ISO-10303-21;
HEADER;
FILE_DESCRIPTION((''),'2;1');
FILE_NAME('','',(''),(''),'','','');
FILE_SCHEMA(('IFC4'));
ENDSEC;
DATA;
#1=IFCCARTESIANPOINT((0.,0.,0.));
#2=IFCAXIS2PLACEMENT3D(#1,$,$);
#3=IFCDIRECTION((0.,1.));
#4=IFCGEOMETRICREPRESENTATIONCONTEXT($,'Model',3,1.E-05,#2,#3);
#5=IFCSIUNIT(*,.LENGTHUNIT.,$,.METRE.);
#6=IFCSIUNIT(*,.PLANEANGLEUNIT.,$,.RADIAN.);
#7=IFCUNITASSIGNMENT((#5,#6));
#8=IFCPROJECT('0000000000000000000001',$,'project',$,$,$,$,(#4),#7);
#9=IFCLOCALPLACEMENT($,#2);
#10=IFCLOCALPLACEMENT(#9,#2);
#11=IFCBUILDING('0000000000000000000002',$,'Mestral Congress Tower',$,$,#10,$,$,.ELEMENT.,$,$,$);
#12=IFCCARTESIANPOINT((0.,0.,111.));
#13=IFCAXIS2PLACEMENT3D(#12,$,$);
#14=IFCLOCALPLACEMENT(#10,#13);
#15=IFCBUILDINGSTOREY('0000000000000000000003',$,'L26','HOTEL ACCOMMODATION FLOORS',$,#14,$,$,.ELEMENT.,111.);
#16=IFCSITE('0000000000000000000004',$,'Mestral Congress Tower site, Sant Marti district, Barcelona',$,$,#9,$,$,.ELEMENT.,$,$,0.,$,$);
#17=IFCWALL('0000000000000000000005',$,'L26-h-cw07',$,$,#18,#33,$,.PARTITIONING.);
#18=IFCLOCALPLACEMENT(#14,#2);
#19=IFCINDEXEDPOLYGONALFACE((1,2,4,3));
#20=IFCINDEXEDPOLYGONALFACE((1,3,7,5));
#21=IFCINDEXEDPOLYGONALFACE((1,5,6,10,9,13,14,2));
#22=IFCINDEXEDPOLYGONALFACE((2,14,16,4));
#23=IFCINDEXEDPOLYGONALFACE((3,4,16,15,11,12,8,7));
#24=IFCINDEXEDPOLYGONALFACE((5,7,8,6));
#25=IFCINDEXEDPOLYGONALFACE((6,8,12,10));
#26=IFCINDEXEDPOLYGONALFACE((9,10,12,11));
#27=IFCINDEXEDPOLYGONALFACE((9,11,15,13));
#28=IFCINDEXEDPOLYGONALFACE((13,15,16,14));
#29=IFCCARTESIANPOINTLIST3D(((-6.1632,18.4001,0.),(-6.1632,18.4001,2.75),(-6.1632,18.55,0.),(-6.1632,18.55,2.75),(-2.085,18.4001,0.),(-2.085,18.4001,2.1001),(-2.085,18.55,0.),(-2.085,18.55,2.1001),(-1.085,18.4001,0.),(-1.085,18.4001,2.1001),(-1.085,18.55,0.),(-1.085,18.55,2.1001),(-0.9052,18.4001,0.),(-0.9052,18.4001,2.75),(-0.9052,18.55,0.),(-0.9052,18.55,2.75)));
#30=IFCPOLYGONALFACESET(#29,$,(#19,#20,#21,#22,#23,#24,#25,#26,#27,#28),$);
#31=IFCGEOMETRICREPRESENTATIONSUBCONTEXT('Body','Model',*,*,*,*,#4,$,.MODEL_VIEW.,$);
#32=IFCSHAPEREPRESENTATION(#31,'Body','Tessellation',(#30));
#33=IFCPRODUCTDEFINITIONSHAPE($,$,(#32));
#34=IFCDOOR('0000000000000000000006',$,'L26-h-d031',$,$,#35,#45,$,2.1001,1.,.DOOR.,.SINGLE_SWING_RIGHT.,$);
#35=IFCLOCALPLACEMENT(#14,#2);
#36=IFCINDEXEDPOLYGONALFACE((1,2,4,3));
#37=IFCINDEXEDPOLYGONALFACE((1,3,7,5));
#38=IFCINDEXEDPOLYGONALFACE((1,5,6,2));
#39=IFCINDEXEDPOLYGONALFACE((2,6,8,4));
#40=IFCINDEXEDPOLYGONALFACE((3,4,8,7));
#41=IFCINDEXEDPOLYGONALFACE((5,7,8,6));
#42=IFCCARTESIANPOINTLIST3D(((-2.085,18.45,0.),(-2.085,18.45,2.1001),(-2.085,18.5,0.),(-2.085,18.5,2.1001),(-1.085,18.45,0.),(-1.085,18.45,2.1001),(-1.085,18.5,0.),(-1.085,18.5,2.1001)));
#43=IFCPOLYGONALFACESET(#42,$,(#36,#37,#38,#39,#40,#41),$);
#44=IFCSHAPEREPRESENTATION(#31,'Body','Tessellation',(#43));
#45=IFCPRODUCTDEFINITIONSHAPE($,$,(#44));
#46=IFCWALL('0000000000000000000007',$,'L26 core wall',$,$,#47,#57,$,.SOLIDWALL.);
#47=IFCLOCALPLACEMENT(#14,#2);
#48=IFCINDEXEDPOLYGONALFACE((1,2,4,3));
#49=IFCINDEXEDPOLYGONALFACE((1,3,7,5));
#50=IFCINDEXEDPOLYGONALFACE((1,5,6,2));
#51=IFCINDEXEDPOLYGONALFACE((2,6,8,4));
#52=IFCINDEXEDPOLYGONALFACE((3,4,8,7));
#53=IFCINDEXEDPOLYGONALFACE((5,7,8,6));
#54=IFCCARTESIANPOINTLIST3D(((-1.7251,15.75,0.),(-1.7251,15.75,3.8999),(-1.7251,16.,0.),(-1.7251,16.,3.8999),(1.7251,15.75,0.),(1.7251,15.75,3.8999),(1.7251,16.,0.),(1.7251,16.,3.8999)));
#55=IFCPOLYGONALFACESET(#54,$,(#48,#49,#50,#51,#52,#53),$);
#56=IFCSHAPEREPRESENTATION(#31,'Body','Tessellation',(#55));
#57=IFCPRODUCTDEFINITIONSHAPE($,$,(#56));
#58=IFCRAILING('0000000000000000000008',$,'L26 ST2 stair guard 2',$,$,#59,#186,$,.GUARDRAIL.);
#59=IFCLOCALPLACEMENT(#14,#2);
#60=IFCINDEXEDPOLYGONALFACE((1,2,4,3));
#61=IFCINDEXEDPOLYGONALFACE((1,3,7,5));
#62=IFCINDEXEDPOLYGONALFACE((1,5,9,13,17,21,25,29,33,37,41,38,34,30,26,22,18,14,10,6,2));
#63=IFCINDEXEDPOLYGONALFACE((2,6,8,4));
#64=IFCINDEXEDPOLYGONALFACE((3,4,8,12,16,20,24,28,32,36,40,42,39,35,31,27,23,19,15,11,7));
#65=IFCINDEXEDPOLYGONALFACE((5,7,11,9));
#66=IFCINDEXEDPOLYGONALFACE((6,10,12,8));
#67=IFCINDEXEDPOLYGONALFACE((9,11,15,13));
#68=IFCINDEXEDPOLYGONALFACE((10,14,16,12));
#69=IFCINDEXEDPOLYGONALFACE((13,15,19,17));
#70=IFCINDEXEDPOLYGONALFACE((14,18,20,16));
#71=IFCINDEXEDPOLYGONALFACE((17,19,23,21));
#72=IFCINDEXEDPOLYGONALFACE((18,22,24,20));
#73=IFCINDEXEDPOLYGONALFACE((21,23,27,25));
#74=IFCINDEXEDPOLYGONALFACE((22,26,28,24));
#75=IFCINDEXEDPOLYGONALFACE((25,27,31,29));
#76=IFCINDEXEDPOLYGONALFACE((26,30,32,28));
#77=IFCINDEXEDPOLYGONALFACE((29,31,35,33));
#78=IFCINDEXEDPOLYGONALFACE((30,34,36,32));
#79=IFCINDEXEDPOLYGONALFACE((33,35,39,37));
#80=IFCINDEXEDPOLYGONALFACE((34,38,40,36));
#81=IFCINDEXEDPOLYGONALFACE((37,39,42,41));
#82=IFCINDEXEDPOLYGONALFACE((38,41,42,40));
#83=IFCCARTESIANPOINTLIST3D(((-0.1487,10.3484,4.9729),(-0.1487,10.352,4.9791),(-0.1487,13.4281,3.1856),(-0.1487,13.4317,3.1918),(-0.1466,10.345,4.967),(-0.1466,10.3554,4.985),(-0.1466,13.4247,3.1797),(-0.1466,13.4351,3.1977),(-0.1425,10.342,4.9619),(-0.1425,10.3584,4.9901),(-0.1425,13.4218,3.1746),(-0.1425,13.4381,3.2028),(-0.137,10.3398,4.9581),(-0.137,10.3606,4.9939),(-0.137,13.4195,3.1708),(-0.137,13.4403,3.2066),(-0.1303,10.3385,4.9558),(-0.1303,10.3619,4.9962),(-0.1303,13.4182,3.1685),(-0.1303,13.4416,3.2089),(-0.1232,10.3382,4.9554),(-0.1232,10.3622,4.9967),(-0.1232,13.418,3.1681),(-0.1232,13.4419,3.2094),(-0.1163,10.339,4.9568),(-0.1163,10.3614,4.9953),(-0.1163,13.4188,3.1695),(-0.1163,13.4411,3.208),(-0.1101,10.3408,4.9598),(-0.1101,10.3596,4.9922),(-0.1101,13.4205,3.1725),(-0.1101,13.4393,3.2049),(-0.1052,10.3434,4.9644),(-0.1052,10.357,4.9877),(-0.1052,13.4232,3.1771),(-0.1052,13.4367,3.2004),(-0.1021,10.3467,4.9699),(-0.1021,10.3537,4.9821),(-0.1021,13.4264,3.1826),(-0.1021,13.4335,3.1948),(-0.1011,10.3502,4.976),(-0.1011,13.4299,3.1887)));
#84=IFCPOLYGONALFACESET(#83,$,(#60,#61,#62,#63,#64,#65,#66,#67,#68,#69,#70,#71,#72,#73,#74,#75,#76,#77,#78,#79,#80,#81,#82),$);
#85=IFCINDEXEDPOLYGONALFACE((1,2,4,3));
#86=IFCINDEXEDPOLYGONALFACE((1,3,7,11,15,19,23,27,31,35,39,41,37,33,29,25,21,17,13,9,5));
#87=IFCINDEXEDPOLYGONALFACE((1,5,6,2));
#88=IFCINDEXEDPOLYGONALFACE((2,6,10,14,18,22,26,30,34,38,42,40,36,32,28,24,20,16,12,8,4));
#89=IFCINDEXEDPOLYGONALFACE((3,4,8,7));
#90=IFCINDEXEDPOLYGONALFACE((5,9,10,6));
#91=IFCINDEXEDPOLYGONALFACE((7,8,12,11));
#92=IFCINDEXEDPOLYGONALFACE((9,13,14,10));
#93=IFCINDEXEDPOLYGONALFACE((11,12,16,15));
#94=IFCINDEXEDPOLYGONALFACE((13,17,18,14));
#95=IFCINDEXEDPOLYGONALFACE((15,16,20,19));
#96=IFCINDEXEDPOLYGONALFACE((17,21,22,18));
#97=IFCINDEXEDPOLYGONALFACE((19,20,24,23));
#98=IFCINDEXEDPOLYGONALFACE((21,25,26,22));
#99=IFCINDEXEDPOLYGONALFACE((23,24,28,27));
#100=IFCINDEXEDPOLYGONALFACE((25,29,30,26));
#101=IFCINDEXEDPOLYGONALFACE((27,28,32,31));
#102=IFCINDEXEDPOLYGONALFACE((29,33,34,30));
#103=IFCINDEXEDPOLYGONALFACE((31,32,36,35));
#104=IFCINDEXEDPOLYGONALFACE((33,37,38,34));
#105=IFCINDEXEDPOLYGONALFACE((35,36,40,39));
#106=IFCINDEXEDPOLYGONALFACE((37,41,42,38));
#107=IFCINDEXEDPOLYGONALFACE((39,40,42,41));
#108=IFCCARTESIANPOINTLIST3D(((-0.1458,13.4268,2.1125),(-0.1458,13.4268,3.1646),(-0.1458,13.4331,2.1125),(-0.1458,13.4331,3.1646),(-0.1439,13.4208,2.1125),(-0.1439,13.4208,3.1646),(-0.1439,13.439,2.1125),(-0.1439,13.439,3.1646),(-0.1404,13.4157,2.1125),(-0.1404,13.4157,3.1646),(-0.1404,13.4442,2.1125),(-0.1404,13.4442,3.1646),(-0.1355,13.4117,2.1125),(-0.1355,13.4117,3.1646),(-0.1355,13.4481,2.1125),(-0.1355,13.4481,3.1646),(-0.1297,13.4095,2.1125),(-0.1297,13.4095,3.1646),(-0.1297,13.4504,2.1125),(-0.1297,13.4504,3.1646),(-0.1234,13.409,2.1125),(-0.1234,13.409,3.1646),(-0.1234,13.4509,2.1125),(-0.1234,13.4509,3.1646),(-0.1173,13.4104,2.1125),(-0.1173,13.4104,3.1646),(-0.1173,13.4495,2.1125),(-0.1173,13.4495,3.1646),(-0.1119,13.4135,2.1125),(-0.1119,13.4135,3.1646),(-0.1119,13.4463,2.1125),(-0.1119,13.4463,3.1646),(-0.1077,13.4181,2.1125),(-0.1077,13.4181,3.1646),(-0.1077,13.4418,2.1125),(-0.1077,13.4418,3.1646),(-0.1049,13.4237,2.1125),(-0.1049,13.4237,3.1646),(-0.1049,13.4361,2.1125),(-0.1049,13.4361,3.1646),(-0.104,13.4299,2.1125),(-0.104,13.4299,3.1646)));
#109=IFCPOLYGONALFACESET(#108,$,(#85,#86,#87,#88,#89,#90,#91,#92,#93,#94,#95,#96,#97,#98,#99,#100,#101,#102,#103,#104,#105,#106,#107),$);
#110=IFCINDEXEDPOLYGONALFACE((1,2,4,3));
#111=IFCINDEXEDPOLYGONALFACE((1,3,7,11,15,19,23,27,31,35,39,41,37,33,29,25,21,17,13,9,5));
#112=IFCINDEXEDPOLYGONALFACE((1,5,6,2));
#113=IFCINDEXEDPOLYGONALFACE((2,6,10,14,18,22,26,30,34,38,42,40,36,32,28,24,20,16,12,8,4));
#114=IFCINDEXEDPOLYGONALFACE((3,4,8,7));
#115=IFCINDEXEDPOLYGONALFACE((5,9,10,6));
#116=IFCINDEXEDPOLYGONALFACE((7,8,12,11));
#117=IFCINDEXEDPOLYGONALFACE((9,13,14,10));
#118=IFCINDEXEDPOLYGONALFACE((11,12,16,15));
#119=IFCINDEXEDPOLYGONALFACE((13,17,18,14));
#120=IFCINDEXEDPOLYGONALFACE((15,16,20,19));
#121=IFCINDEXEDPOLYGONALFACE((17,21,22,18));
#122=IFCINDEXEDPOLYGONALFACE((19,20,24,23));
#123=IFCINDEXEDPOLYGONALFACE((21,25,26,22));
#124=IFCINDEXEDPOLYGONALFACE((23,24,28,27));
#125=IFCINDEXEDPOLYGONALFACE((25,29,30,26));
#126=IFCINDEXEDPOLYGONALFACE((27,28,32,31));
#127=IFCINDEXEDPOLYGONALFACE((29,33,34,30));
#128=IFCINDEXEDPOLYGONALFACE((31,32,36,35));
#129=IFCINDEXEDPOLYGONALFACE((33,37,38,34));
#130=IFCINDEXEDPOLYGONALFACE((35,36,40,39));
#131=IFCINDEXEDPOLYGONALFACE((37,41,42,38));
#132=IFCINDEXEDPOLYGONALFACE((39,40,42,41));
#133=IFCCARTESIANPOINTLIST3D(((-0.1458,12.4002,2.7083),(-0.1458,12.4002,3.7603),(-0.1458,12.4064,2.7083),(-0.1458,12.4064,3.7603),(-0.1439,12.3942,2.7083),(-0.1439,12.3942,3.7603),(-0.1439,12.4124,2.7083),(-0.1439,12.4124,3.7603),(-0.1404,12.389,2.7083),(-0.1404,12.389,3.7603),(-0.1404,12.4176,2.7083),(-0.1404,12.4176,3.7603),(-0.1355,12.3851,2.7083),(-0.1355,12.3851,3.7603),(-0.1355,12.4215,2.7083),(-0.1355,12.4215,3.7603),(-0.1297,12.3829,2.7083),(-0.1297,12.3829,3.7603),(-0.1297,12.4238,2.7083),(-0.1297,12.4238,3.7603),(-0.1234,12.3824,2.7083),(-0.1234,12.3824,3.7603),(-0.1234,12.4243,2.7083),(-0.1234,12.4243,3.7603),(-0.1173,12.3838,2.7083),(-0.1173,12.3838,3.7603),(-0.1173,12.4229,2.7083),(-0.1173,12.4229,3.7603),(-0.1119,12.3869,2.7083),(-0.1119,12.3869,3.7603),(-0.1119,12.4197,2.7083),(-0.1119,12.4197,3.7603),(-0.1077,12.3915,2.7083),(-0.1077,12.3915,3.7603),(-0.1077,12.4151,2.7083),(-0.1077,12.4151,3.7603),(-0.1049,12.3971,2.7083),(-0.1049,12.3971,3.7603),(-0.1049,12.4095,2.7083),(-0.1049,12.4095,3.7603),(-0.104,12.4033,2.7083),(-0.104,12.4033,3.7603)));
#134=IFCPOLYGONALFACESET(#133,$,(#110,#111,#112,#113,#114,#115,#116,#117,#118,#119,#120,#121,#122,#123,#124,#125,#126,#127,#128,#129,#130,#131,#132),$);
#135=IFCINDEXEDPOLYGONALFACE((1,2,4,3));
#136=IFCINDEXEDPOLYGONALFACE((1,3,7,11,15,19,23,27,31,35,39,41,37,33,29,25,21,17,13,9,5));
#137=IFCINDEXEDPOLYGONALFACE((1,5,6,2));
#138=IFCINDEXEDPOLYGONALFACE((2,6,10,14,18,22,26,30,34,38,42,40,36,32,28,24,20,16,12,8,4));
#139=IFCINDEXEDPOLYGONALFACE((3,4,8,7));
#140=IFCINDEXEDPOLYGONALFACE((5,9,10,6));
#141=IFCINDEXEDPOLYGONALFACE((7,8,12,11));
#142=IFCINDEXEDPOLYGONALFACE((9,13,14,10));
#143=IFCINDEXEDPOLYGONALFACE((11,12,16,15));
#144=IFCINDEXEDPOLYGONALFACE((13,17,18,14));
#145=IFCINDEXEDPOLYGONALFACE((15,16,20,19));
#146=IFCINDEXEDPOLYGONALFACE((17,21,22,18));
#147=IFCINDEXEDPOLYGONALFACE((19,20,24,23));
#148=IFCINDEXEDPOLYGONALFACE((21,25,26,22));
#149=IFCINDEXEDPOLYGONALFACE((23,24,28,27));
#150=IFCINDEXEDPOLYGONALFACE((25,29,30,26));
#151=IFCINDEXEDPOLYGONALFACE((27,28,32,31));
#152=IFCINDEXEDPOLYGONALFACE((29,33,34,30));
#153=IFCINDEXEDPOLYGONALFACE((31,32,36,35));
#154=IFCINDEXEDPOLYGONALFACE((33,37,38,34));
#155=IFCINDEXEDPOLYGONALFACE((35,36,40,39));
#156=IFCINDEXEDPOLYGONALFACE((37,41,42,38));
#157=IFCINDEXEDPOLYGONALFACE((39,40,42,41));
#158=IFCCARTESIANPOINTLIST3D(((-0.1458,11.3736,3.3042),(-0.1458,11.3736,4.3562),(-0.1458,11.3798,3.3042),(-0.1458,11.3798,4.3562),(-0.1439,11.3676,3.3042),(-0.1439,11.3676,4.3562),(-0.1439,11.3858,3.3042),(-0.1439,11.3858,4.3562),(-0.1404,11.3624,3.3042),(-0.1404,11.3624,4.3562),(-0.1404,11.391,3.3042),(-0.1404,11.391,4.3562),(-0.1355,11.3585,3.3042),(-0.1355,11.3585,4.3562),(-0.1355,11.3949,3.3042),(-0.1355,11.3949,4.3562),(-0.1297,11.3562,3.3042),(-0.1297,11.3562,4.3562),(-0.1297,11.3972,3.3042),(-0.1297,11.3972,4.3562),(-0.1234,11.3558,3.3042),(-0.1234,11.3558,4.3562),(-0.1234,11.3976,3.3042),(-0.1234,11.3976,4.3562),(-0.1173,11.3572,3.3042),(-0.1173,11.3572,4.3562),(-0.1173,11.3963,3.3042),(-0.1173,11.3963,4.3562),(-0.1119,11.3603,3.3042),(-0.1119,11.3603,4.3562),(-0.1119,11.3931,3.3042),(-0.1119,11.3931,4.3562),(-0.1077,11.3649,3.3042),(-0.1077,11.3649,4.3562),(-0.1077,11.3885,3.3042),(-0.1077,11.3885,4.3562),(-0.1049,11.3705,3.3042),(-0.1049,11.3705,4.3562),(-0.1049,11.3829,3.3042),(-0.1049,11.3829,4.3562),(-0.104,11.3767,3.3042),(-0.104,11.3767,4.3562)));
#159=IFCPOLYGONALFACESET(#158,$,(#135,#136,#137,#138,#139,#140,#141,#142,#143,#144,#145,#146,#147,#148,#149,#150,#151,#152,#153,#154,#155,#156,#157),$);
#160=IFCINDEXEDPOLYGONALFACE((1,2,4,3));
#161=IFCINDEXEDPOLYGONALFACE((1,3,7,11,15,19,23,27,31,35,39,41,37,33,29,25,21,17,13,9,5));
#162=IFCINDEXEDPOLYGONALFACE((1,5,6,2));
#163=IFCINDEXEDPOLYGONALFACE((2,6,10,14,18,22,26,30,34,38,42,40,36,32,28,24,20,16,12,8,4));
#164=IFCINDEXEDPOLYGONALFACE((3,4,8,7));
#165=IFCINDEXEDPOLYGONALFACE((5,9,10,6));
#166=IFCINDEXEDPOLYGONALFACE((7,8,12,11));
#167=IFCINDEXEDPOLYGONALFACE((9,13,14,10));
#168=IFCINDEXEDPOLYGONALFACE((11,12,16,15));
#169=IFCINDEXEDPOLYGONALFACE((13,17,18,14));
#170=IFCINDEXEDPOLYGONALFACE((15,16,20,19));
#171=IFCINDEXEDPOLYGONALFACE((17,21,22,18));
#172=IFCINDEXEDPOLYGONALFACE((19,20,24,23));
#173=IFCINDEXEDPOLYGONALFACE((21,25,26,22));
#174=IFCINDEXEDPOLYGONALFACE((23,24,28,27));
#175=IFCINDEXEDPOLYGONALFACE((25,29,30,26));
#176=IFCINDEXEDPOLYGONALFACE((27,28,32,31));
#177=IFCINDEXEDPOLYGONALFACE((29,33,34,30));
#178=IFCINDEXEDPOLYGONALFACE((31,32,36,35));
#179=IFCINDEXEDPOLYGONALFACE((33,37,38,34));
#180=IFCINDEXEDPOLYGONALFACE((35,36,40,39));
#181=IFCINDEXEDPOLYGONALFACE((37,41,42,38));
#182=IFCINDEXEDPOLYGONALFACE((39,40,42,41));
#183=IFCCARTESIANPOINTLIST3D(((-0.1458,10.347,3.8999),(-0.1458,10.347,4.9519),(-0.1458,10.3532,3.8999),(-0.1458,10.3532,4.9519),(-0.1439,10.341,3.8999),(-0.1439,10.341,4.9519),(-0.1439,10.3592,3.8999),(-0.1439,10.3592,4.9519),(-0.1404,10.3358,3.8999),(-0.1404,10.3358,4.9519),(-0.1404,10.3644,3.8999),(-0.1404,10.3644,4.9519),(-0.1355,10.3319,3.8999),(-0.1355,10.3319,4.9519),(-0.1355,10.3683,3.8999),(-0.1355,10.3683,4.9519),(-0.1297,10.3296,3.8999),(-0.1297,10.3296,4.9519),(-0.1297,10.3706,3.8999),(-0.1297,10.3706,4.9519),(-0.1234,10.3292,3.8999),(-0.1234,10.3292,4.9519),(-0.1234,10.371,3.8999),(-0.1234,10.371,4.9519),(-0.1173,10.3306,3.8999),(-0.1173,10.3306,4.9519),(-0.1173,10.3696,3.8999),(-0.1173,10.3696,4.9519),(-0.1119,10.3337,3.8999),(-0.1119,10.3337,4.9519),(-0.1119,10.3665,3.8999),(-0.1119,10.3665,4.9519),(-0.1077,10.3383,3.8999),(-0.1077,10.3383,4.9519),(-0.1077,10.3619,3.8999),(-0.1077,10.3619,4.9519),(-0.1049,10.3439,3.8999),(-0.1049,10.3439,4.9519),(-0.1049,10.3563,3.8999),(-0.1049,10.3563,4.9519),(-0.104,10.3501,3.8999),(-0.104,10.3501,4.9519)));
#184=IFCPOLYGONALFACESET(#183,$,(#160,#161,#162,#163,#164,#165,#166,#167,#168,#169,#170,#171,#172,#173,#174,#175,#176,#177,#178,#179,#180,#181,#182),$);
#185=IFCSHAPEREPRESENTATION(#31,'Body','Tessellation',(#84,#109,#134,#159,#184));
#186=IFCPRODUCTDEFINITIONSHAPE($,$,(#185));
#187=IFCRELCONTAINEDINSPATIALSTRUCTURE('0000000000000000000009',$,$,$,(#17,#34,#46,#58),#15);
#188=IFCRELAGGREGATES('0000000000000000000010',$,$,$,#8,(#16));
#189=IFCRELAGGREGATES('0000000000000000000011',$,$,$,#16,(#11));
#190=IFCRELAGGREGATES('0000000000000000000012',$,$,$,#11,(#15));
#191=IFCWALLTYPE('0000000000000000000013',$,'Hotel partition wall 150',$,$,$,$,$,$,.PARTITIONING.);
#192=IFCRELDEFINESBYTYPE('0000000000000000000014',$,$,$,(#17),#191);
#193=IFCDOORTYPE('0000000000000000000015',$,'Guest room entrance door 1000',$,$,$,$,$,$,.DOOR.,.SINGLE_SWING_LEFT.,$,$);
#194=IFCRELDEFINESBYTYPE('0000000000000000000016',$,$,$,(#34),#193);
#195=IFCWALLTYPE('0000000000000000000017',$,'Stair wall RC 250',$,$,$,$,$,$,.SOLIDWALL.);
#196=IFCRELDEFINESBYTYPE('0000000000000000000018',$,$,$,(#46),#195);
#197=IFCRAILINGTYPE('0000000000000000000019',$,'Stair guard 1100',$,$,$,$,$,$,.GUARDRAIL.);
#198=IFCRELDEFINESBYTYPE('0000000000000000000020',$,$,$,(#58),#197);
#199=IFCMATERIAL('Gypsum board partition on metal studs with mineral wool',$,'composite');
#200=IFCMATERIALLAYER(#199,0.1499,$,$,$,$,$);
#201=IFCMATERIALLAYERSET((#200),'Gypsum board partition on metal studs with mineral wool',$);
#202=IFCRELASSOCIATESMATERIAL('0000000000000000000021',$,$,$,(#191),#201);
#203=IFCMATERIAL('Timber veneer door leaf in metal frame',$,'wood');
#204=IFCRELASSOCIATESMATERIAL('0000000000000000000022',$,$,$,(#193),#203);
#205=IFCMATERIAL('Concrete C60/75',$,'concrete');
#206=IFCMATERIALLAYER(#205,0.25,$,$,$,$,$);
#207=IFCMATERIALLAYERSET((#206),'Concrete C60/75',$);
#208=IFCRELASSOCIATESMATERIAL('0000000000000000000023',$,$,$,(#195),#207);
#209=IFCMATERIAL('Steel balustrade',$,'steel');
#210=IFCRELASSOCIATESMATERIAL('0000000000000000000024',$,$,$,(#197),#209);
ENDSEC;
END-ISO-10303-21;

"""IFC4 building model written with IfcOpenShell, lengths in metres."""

from ifc_helpers import new_model, si_unit, direction, frame, frame_2d, origin, origin_2d, place, context, subcontext, project, spatial, rectangle, circle, extrude, material, layer, layer_set, type_object, element, fill, save


model = new_model("IFC4")

# Units and contexts
model_context = context("Model", 3, precision=1e-05, world=origin(), true_north=direction((0.0, 1.0)))
body_context = subcontext(model_context, "Body", "Model", "MODEL_VIEW")
ifc_project = project(units=[si_unit("LENGTHUNIT", "METRE"), si_unit("PLANEANGLEUNIT", "RADIAN")], contexts=[model_context])

# Site, building, storey
site_placement = place(None, origin())
site = spatial("IfcSite", under=ifc_project, at=site_placement, Name="Mestral Congress Tower site, Sant Marti district, Barcelona", CompositionType="ELEMENT", RefElevation=0.0)
building_placement = place(site_placement, origin())
building = spatial("IfcBuilding", under=site, at=building_placement, Name="Mestral Congress Tower", CompositionType="ELEMENT")
storey_placement = place(building_placement, frame((0.0, 0.0, 111.0)))
storey = spatial("IfcBuildingStorey", under=building, at=storey_placement, Name="L26", Description="HOTEL ACCOMMODATION FLOORS", CompositionType="ELEMENT", Elevation=111.0)

# Shared definitions
ifc_material_1 = material(Name="Concrete C60/75", Category="concrete")

# Shared definitions
ifc_material_2 = material(Name="Gypsum board partition on metal studs with mineral wool", Category="composite")

# Wall, opening, door
ifc_layer_1 = layer(ifc_material_2, 0.1499)
ifc_layer_set_1 = layer_set([ifc_layer_1], Name="Gypsum board partition on metal studs with mineral wool")
wall_type_1 = type_object("IfcWallType", Name="Hotel partition wall 150", PredefinedType="PARTITIONING", material=ifc_layer_set_1)
ifc_material_3 = material(Name="Timber veneer door leaf in metal frame", Category="wood")
wall_1_placement = place(storey_placement, frame((-6.1631, 18.4751, 0.0), z_axis=(0.0, 0.0, 1.0), x_axis=(1.0, 0.0, 0.0)))
wall_1 = element("IfcWall", 1, at=wall_1_placement, inside=storey, type_object=wall_type_1, Name="L26-h-cw07", PredefinedType="PARTITIONING", context=body_context, shape_type="SweptSolid", body=[
    extrude(rectangle(XDim=5.2581, YDim=0.1499, at=frame_2d((2.6289, 0.0))), origin(), (0.0, 0.0, 1.0), 2.75),
])
opening_1_placement = place(wall_1_placement, frame((4.0781, 0.0, 0.0)))
opening_1 = element("IfcOpeningElement", 2, at=opening_1_placement, cuts=wall_1, PredefinedType="OPENING", context=body_context, shape_type="SweptSolid", body=[
    extrude(rectangle(XDim=1.0, YDim=2.1001, at=frame_2d((0.5, 1.05))), frame((0.0, 0.085, 0.0), z_axis=(0.0, -1.0, 0.0), x_axis=(1.0, 0.0, 0.0)), (0.0, 0.0, 1.0), 0.1699),
])
door_type_1 = type_object("IfcDoorType", Name="Guest room entrance door 1000", OperationType="SINGLE_SWING_LEFT", PredefinedType="DOOR", material=ifc_material_3)
door_1_placement = place(opening_1_placement, origin())
door_1 = element("IfcDoor", 3, at=door_1_placement, inside=storey, type_object=door_type_1, Name="L26-h-d031", OperationType="SINGLE_SWING_RIGHT", OverallHeight=2.1001, OverallWidth=1.0, PredefinedType="DOOR", context=body_context, shape_type="SweptSolid", body=[
    extrude(rectangle(XDim=1.0, YDim=2.1001, at=frame_2d((0.5, 1.05))), frame((0.0, 0.0249, 0.0), z_axis=(0.0, -1.0, 0.0), x_axis=(1.0, 0.0, 0.0)), (0.0, 0.0, 1.0), 0.05),
])
fill(opening_1, door_1)

# Wall
ifc_layer_2 = layer(ifc_material_1, 0.25)
ifc_layer_set_2 = layer_set([ifc_layer_2], Name="Concrete C60/75")
wall_type_2 = type_object("IfcWallType", Name="Stair wall RC 250", PredefinedType="SOLIDWALL", material=ifc_layer_set_2)
wall_2_placement = place(storey_placement, frame((-1.7251, 15.875, 0.0), z_axis=(0.0, 0.0, 1.0), x_axis=(1.0, 0.0, 0.0)))
element("IfcWall", 4, at=wall_2_placement, inside=storey, type_object=wall_type_2, Name="L26 core wall", PredefinedType="SOLIDWALL", context=body_context, shape_type="SweptSolid", body=[
    extrude(rectangle(XDim=3.4502, YDim=0.25, at=frame_2d((1.7251, 0.0))), origin(), (0.0, 0.0, 1.0), 3.8999),
])

# Railing
ifc_material_4 = material(Name="Steel balustrade", Category="steel")
railing_type = type_object("IfcRailingType", Name="Stair guard 1100", PredefinedType="GUARDRAIL", material=ifc_material_4)
railing_placement = place(storey_placement, frame((-0.125, 13.4299, 2.1125)))
element("IfcRailing", 5, at=railing_placement, inside=storey, type_object=railing_type, Name="L26 ST2 stair guard 2", PredefinedType="GUARDRAIL", context=body_context, shape_type="SweptSolid", body=[
    extrude(circle(Radius=0.0239, at=origin_2d()), frame((0.0, 0.0, 1.0762), z_axis=(0.0, -0.864903, 0.501939), x_axis=(1.0, 0.0, 0.0)), (0.0, 0.0, 1.0), 3.5608),
    extrude(circle(Radius=0.021, at=origin_2d()), origin(), (0.0, 0.0, 1.0), 1.052),
    extrude(circle(Radius=0.021, at=origin_2d()), frame((0.0, -1.0266, 0.5957)), (0.0, 0.0, 1.0), 1.052),
    extrude(circle(Radius=0.021, at=origin_2d()), frame((0.0, -2.0532, 1.1917)), (0.0, 0.0, 1.0), 1.052),
    extrude(circle(Radius=0.021, at=origin_2d()), frame((0.0, -3.0798, 1.7874)), (0.0, 0.0, 1.0), 1.052),
])

save(model, "model.ifc")
